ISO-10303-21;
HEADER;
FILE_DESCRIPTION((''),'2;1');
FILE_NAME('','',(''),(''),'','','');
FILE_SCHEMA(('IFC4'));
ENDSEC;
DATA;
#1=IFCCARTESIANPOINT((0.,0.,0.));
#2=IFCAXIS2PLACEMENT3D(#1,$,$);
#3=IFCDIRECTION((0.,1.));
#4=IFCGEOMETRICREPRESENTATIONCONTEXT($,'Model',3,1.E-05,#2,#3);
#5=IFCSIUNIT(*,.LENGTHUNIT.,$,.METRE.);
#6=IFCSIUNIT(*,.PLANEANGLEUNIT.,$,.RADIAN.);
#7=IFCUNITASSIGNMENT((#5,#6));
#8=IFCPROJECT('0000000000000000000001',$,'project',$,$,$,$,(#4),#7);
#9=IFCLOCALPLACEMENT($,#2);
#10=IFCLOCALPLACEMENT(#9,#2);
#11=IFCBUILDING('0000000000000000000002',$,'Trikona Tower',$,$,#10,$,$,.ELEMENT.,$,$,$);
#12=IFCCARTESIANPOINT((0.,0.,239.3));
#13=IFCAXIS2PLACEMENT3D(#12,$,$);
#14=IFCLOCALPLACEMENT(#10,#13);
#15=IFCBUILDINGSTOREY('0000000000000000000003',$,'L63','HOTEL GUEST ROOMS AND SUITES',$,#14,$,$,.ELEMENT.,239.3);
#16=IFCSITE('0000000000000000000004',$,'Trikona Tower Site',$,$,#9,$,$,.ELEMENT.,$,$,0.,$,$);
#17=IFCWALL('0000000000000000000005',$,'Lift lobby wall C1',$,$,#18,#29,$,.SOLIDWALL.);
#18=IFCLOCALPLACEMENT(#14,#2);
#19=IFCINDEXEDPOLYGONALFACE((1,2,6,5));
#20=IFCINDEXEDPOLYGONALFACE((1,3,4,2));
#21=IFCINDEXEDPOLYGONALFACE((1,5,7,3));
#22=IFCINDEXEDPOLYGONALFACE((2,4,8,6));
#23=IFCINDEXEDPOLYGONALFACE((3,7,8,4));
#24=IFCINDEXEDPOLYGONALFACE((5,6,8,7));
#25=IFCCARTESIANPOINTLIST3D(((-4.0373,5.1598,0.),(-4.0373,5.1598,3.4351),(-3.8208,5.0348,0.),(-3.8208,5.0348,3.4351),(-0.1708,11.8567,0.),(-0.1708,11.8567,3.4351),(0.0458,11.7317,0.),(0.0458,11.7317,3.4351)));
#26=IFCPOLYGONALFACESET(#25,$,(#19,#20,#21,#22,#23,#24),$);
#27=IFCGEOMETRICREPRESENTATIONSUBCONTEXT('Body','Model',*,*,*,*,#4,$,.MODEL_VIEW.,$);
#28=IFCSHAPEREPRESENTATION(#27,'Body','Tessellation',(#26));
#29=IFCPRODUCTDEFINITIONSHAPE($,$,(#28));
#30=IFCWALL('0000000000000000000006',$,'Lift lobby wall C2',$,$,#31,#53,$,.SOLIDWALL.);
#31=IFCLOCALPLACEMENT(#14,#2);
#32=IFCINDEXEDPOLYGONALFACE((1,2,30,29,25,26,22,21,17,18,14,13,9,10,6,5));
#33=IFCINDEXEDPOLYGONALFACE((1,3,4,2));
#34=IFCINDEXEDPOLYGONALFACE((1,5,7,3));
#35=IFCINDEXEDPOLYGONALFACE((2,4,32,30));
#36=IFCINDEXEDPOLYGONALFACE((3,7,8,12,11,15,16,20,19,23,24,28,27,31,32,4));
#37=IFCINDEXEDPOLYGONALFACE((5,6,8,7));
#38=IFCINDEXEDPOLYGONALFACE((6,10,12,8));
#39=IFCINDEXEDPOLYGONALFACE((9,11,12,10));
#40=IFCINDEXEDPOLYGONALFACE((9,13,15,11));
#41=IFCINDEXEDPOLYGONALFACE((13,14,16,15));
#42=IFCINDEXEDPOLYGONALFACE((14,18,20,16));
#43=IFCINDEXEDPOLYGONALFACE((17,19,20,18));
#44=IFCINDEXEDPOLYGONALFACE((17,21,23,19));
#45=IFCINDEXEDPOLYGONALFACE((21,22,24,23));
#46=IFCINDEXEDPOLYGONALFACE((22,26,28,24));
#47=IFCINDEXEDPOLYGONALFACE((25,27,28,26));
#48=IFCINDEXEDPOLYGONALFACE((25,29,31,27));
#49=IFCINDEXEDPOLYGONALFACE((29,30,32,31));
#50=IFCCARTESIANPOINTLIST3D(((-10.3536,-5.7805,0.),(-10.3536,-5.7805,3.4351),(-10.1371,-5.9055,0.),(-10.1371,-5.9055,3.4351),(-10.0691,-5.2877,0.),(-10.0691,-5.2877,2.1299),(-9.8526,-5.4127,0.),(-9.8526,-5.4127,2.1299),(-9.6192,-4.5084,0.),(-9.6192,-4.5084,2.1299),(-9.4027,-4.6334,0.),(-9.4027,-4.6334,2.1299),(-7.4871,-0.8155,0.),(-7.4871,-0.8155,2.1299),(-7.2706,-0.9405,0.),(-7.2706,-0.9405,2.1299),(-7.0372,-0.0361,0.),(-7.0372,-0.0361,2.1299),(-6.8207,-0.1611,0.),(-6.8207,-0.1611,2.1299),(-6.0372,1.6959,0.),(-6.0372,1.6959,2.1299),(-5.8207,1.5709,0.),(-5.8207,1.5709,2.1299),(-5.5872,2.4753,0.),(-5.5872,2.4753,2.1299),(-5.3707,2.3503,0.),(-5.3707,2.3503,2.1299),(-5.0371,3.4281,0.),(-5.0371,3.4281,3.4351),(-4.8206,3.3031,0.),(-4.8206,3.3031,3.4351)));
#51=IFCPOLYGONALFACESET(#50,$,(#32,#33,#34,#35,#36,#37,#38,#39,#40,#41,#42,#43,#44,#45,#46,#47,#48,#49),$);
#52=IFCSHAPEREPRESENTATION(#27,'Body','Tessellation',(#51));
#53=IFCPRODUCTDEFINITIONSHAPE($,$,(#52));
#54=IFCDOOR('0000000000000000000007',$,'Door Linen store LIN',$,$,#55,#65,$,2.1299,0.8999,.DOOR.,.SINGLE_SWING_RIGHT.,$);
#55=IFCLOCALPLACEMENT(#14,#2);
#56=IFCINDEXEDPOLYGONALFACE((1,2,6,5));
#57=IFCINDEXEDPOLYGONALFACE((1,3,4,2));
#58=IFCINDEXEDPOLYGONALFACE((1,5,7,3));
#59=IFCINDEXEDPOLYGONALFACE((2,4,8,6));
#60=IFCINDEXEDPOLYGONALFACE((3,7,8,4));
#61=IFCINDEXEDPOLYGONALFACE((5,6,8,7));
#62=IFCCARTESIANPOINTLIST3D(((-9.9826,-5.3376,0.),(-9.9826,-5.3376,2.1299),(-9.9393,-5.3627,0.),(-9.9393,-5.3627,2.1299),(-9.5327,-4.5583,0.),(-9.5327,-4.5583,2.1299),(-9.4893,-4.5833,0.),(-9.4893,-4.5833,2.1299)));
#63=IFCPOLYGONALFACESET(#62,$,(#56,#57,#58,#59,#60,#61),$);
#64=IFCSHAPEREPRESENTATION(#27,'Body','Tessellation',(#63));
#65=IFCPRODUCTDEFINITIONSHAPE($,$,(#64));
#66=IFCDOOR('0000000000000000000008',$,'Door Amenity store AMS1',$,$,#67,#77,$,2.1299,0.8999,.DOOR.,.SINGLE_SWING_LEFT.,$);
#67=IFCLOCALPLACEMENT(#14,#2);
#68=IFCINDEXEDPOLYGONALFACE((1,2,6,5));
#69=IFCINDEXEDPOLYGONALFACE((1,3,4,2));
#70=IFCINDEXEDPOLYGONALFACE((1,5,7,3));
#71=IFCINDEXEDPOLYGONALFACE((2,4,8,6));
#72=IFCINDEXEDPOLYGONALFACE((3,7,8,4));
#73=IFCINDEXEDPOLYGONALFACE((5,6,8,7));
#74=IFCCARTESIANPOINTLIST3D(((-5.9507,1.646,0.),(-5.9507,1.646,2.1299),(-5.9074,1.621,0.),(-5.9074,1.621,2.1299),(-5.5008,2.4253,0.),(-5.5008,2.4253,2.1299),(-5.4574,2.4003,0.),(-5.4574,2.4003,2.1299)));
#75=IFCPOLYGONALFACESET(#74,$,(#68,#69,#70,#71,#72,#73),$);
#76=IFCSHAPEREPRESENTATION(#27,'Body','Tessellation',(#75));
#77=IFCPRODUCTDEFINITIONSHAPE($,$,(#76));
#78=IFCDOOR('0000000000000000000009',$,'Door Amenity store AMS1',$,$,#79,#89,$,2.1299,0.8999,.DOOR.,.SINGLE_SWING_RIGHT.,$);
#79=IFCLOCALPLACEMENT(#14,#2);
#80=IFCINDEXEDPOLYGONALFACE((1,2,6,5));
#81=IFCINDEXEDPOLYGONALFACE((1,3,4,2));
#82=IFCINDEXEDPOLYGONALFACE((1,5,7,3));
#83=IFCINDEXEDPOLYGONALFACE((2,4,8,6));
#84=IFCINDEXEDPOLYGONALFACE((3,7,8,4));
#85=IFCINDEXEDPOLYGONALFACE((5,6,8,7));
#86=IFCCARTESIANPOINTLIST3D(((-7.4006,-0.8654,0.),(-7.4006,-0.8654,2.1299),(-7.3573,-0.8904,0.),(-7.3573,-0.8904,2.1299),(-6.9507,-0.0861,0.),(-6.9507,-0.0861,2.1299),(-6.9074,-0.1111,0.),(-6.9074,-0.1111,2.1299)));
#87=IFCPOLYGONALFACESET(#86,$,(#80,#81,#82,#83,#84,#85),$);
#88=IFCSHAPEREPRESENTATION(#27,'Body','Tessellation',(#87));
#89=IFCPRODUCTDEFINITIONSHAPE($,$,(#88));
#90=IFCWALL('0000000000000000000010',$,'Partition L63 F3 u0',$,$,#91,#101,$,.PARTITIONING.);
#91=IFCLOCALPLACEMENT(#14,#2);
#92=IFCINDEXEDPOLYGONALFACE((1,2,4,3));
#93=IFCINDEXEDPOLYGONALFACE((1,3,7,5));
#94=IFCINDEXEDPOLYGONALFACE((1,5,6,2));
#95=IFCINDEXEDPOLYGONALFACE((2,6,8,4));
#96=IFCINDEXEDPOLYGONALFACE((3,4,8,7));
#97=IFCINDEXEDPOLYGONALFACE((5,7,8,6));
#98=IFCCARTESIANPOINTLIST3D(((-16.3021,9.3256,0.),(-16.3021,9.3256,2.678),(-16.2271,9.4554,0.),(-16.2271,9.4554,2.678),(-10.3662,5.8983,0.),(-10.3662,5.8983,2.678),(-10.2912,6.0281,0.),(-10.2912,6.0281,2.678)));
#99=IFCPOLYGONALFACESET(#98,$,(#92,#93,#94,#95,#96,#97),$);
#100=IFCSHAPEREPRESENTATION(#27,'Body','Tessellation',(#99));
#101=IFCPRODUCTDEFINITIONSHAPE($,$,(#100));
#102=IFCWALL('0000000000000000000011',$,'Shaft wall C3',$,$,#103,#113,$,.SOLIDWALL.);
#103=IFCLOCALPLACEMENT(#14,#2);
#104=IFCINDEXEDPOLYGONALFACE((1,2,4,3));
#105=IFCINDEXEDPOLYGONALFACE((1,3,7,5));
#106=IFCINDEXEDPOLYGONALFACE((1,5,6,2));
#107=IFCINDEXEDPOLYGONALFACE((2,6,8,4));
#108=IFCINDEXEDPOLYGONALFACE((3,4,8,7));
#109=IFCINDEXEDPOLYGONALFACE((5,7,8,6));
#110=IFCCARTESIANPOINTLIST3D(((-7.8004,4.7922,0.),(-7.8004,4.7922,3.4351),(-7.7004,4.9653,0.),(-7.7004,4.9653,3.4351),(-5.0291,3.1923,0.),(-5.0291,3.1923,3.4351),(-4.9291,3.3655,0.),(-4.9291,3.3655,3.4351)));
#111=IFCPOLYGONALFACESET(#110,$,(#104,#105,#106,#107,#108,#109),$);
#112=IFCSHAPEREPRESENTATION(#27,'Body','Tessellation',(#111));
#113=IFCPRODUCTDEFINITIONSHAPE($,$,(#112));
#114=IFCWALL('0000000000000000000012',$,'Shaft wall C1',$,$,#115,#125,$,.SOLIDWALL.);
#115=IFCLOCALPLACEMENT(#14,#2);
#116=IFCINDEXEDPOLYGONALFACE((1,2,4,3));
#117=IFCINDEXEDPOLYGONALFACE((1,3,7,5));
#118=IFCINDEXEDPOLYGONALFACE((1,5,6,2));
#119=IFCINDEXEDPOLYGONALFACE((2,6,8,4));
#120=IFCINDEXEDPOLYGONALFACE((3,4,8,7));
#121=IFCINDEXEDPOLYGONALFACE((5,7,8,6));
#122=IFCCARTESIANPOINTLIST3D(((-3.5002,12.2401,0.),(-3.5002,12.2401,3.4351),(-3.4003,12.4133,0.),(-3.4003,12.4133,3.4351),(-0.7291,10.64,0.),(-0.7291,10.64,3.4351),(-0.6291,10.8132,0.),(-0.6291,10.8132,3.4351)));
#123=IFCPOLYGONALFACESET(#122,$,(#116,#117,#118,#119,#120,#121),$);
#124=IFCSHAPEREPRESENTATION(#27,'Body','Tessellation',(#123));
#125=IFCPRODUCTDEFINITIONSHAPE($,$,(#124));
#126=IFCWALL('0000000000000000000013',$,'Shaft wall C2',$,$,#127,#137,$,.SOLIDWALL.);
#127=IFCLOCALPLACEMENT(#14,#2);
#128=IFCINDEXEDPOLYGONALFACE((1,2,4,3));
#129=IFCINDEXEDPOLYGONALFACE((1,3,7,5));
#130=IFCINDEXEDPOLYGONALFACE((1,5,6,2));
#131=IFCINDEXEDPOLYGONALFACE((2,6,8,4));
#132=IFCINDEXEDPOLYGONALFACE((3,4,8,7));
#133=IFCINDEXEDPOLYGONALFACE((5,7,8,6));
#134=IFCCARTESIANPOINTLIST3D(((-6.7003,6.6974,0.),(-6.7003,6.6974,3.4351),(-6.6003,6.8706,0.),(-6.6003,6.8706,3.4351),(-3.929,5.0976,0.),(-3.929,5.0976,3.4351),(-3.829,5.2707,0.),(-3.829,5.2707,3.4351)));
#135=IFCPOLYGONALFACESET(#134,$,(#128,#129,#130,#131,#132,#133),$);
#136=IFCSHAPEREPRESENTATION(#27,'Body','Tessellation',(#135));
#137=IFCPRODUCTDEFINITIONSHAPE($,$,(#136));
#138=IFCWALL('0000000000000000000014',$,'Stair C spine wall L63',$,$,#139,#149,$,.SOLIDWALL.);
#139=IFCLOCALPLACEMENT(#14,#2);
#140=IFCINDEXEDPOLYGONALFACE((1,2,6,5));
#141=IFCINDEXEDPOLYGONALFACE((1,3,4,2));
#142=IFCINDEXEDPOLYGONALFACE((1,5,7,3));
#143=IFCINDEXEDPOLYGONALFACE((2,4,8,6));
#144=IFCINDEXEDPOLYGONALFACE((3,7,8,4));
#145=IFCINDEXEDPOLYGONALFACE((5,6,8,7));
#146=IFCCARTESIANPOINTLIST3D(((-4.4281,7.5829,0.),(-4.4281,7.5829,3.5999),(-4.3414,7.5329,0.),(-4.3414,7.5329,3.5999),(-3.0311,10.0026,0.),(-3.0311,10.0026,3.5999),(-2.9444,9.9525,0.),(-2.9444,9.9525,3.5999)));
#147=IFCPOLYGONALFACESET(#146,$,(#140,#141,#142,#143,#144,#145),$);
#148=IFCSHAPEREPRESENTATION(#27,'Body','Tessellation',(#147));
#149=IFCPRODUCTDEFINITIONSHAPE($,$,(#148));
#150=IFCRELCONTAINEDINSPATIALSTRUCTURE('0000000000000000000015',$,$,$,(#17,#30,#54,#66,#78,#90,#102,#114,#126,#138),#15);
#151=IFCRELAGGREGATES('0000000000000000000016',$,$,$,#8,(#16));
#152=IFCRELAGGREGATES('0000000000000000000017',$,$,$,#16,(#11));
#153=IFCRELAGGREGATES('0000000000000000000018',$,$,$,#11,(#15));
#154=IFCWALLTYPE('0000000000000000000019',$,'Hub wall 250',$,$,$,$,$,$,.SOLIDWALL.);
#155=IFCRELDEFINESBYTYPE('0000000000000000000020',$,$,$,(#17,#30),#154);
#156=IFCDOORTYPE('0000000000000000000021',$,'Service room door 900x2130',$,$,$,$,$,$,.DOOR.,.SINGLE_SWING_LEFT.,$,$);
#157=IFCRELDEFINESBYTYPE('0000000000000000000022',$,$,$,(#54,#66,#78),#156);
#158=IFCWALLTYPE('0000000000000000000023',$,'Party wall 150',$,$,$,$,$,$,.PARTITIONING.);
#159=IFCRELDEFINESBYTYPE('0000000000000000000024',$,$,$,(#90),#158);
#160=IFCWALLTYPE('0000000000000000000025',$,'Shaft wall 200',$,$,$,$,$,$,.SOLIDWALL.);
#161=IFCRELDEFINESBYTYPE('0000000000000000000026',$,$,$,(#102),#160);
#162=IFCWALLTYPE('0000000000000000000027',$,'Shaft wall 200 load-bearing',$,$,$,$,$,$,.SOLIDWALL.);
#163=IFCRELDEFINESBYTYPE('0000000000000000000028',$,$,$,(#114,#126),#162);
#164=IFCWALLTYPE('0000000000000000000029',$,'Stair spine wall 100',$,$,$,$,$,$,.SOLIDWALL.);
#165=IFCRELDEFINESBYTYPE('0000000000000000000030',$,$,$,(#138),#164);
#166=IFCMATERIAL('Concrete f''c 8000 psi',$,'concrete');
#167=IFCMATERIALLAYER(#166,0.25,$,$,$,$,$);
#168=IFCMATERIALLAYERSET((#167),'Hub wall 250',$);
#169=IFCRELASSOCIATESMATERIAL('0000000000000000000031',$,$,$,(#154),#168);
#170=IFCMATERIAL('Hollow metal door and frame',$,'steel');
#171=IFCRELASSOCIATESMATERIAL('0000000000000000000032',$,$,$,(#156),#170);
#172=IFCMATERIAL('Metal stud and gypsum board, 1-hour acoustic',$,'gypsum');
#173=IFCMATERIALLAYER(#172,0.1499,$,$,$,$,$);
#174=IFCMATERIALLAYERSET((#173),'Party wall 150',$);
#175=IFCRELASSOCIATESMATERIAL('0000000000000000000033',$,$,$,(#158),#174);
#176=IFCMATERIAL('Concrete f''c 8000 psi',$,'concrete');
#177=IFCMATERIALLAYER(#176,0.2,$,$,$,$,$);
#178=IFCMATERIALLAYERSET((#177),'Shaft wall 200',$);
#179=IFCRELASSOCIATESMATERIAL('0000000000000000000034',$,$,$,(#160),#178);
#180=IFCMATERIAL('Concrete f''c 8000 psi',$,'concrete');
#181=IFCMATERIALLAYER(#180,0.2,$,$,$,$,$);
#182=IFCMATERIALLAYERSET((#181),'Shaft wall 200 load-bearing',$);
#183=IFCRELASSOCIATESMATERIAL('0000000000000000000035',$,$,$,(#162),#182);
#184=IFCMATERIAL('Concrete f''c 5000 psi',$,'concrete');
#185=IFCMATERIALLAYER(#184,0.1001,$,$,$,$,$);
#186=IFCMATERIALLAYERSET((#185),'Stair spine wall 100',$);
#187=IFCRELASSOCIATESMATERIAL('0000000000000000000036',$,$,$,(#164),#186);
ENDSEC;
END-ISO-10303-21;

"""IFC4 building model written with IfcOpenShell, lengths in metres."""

from ifc_helpers import new_model, si_unit, direction, frame, frame_2d, origin, place, context, subcontext, project, spatial, rectangle, extrude, material, layer, layer_set, type_object, element, fill, save


model = new_model("IFC4")

# Units and contexts
model_context = context("Model", 3, precision=1e-05, world=origin(), true_north=direction((0.0, 1.0)))
body_context = subcontext(model_context, "Body", "Model", "MODEL_VIEW")
ifc_project = project(units=[si_unit("LENGTHUNIT", "METRE"), si_unit("PLANEANGLEUNIT", "RADIAN")], contexts=[model_context])

# Site, building, storey
site_placement = place(None, origin())
site = spatial("IfcSite", under=ifc_project, at=site_placement, Name="Trikona Tower Site", CompositionType="ELEMENT", RefElevation=0.0)
building_placement = place(site_placement, origin())
building = spatial("IfcBuilding", under=site, at=building_placement, Name="Trikona Tower", CompositionType="ELEMENT")
storey_placement = place(building_placement, frame((0.0, 0.0, 239.3)))
storey = spatial("IfcBuildingStorey", under=building, at=storey_placement, Name="L63", Description="HOTEL GUEST ROOMS AND SUITES", CompositionType="ELEMENT", Elevation=239.3)

# Wall
ifc_material_1 = material(Name="Concrete f'c 8000 psi", Category="concrete")
ifc_layer_1 = layer(ifc_material_1, 0.25)
ifc_layer_set_1 = layer_set([ifc_layer_1], Name="Hub wall 250")
wall_type_1 = type_object("IfcWallType", Name="Hub wall 250", PredefinedType="SOLIDWALL", material=ifc_layer_set_1)
wall_1_placement = place(storey_placement, frame((-0.0625, 11.7942, 0.0), z_axis=(0.0, 0.0, 1.0), x_axis=(-0.500007, -0.866022, 0.0)))
element("IfcWall", 1, at=wall_1_placement, inside=storey, type_object=wall_type_1, Name="Lift lobby wall C1", PredefinedType="SOLIDWALL", context=body_context, shape_type="SweptSolid", body=[
    extrude(rectangle(XDim=7.7329, YDim=0.25, at=frame_2d((3.8665, 0.0))), origin(), (0.0, 0.0, 1.0), 3.4351),
])

# Wall, openings, doors
wall_2_placement = place(storey_placement, frame((-4.929, 3.3655, 0.0), z_axis=(0.0, 0.0, 1.0), x_axis=(-0.499991, -0.86603, 0.0)))
wall_2 = element("IfcWall", 2, at=wall_2_placement, inside=storey, type_object=wall_type_1, Name="Lift lobby wall C2", PredefinedType="SOLIDWALL", context=body_context, shape_type="SweptSolid", body=[
    extrude(rectangle(XDim=10.6331, YDim=0.25, at=frame_2d((5.3164, 0.0))), origin(), (0.0, 0.0, 1.0), 3.4351),
])
opening_1_placement = place(wall_2_placement, frame((9.1641, 0.0, 0.0)))
opening_1 = element("IfcOpeningElement", 3, at=opening_1_placement, cuts=wall_2, PredefinedType="OPENING", context=body_context, shape_type="SweptSolid", body=[
    extrude(rectangle(XDim=0.8999, YDim=2.1299, at=frame_2d((0.45, 1.0649))), frame((0.0, 0.135, 0.0), z_axis=(0.0, -1.0, 0.0), x_axis=(1.0, 0.0, 0.0)), (0.0, 0.0, 1.0), 0.27),
])
opening_2_placement = place(wall_2_placement, frame((1.1001, 0.0, 0.0)))
opening_2 = element("IfcOpeningElement", 4, at=opening_2_placement, cuts=wall_2, PredefinedType="OPENING", context=body_context, shape_type="SweptSolid", body=[
    extrude(rectangle(XDim=0.8999, YDim=2.1299, at=frame_2d((0.45, 1.0649))), frame((0.0, 0.135, 0.0), z_axis=(0.0, -1.0, 0.0), x_axis=(1.0, 0.0, 0.0)), (0.0, 0.0, 1.0), 0.27),
])
opening_3_placement = place(wall_2_placement, frame((4.0, 0.0, 0.0)))
opening_3 = element("IfcOpeningElement", 5, at=opening_3_placement, cuts=wall_2, PredefinedType="OPENING", context=body_context, shape_type="SweptSolid", body=[
    extrude(rectangle(XDim=0.8999, YDim=2.1299, at=frame_2d((0.45, 1.0649))), frame((0.0, 0.135, 0.0), z_axis=(0.0, -1.0, 0.0), x_axis=(1.0, 0.0, 0.0)), (0.0, 0.0, 1.0), 0.27),
])
ifc_material_2 = material(Name="Hollow metal door and frame", Category="steel")
door_type_1 = type_object("IfcDoorType", Name="Service room door 900x2130", OperationType="SINGLE_SWING_LEFT", PredefinedType="DOOR", material=ifc_material_2)
door_1_placement = place(opening_1_placement, origin())
door_1 = element("IfcDoor", 6, at=door_1_placement, inside=storey, type_object=door_type_1, Name="Door Linen store LIN", OperationType="SINGLE_SWING_RIGHT", OverallHeight=2.1299, OverallWidth=0.8999, PredefinedType="DOOR", context=body_context, shape_type="SweptSolid", body=[
    extrude(rectangle(XDim=0.8999, YDim=2.1299, at=frame_2d((0.45, 1.0649))), frame((0.0, 0.0249, 0.0), z_axis=(0.0, -1.0, 0.0), x_axis=(1.0, 0.0, 0.0)), (0.0, 0.0, 1.0), 0.05),
])
fill(opening_1, door_1)
door_2_placement = place(opening_2_placement, origin())
door_2 = element("IfcDoor", 7, at=door_2_placement, inside=storey, type_object=door_type_1, Name="Door Amenity store AMS1", OperationType="SINGLE_SWING_LEFT", OverallHeight=2.1299, OverallWidth=0.8999, PredefinedType="DOOR", context=body_context, shape_type="SweptSolid", body=[
    extrude(rectangle(XDim=0.8999, YDim=2.1299, at=frame_2d((0.45, 1.0649))), frame((0.0, 0.0249, 0.0), z_axis=(0.0, -1.0, 0.0), x_axis=(1.0, 0.0, 0.0)), (0.0, 0.0, 1.0), 0.05),
])
fill(opening_2, door_2)
door_3_placement = place(opening_3_placement, origin())
door_3 = element("IfcDoor", 8, at=door_3_placement, inside=storey, type_object=door_type_1, Name="Door Amenity store AMS1", OperationType="SINGLE_SWING_RIGHT", OverallHeight=2.1299, OverallWidth=0.8999, PredefinedType="DOOR", context=body_context, shape_type="SweptSolid", body=[
    extrude(rectangle(XDim=0.8999, YDim=2.1299, at=frame_2d((0.45, 1.0649))), frame((0.0, 0.0249, 0.0), z_axis=(0.0, -1.0, 0.0), x_axis=(1.0, 0.0, 0.0)), (0.0, 0.0, 1.0), 0.05),
])
fill(opening_3, door_3)

# Walls
ifc_material_3 = material(Name="Metal stud and gypsum board, 1-hour acoustic", Category="gypsum")
ifc_layer_2 = layer(ifc_material_3, 0.1499)
ifc_layer_set_2 = layer_set([ifc_layer_2], Name="Party wall 150")
wall_type_2 = type_object("IfcWallType", Name="Party wall 150", PredefinedType="PARTITIONING", material=ifc_layer_set_2)
wall_3_placement = place(storey_placement, frame((-10.3286, 5.9631, 0.0), z_axis=(0.0, 0.0, 1.0), x_axis=(-0.866012, 0.500024, 0.0)))
element("IfcWall", 9, at=wall_3_placement, inside=storey, type_object=wall_type_2, Name="Partition L63 F3 u0", PredefinedType="PARTITIONING", context=body_context, shape_type="SweptSolid", body=[
    extrude(rectangle(XDim=6.8542, YDim=0.1499, at=frame_2d((3.4272, 0.0))), origin(), (0.0, 0.0, 1.0), 2.678),
])
ifc_material_4 = material(Name="Concrete f'c 8000 psi", Category="concrete")
ifc_layer_3 = layer(ifc_material_4, 0.2)
ifc_layer_set_3 = layer_set([ifc_layer_3], Name="Shaft wall 200")
wall_type_3 = type_object("IfcWallType", Name="Shaft wall 200", PredefinedType="SOLIDWALL", material=ifc_layer_set_3)
wall_4_placement = place(storey_placement, frame((-4.979, 3.2788, 0.0), z_axis=(0.0, 0.0, 1.0), x_axis=(-0.866042, 0.499971, 0.0)))
element("IfcWall", 10, at=wall_4_placement, inside=storey, type_object=wall_type_3, Name="Shaft wall C3", PredefinedType="SOLIDWALL", context=body_context, shape_type="SweptSolid", body=[
    extrude(rectangle(XDim=3.2, YDim=0.2, at=frame_2d((1.6001, 0.0))), origin(), (0.0, 0.0, 1.0), 3.4351),
])
ifc_material_5 = material(Name="Concrete f'c 8000 psi", Category="concrete")
ifc_layer_4 = layer(ifc_material_5, 0.2)
ifc_layer_set_4 = layer_set([ifc_layer_4], Name="Shaft wall 200 load-bearing")
wall_type_4 = type_object("IfcWallType", Name="Shaft wall 200 load-bearing", PredefinedType="SOLIDWALL", material=ifc_layer_set_4)
for number, where, z_axis, x_axis, name in (
    (11, (-0.679, 10.7266, 0.0), (0.0, 0.0, 1.0), (-0.866009, 0.500028, 0.0), "Shaft wall C1"),
    (12, (-3.8789, 5.1841, 0.0), (0.0, 0.0, 1.0), (-0.866042, 0.499971, 0.0), "Shaft wall C2"),
):
    element("IfcWall", number, at=place(storey_placement, frame(where, z_axis=z_axis, x_axis=x_axis)), inside=storey, type_object=wall_type_4, Name=name, PredefinedType="SOLIDWALL", context=body_context, shape_type="SweptSolid", body=[
        extrude(rectangle(XDim=3.2, YDim=0.2, at=frame_2d((1.6001, 0.0))), origin(), (0.0, 0.0, 1.0), 3.4351),
    ])
ifc_material_6 = material(Name="Concrete f'c 5000 psi", Category="concrete")
ifc_layer_5 = layer(ifc_material_6, 0.1001)
ifc_layer_set_5 = layer_set([ifc_layer_5], Name="Stair spine wall 100")
wall_type_5 = type_object("IfcWallType", Name="Stair spine wall 100", PredefinedType="SOLIDWALL", material=ifc_layer_set_5)
wall_5_placement = place(storey_placement, frame((-2.9878, 9.9775, 0.0), z_axis=(0.0, 0.0, 1.0), x_axis=(-0.499992, -0.86603, 0.0)))
element("IfcWall", 13, at=wall_5_placement, inside=storey, type_object=wall_type_5, Name="Stair C spine wall L63", PredefinedType="SOLIDWALL", context=body_context, shape_type="SweptSolid", body=[
    extrude(rectangle(XDim=2.7939, YDim=0.1001, at=frame_2d((1.397, 0.0))), origin(), (0.0, 0.0, 1.0), 3.5999),
])

save(model, "model.ifc")
